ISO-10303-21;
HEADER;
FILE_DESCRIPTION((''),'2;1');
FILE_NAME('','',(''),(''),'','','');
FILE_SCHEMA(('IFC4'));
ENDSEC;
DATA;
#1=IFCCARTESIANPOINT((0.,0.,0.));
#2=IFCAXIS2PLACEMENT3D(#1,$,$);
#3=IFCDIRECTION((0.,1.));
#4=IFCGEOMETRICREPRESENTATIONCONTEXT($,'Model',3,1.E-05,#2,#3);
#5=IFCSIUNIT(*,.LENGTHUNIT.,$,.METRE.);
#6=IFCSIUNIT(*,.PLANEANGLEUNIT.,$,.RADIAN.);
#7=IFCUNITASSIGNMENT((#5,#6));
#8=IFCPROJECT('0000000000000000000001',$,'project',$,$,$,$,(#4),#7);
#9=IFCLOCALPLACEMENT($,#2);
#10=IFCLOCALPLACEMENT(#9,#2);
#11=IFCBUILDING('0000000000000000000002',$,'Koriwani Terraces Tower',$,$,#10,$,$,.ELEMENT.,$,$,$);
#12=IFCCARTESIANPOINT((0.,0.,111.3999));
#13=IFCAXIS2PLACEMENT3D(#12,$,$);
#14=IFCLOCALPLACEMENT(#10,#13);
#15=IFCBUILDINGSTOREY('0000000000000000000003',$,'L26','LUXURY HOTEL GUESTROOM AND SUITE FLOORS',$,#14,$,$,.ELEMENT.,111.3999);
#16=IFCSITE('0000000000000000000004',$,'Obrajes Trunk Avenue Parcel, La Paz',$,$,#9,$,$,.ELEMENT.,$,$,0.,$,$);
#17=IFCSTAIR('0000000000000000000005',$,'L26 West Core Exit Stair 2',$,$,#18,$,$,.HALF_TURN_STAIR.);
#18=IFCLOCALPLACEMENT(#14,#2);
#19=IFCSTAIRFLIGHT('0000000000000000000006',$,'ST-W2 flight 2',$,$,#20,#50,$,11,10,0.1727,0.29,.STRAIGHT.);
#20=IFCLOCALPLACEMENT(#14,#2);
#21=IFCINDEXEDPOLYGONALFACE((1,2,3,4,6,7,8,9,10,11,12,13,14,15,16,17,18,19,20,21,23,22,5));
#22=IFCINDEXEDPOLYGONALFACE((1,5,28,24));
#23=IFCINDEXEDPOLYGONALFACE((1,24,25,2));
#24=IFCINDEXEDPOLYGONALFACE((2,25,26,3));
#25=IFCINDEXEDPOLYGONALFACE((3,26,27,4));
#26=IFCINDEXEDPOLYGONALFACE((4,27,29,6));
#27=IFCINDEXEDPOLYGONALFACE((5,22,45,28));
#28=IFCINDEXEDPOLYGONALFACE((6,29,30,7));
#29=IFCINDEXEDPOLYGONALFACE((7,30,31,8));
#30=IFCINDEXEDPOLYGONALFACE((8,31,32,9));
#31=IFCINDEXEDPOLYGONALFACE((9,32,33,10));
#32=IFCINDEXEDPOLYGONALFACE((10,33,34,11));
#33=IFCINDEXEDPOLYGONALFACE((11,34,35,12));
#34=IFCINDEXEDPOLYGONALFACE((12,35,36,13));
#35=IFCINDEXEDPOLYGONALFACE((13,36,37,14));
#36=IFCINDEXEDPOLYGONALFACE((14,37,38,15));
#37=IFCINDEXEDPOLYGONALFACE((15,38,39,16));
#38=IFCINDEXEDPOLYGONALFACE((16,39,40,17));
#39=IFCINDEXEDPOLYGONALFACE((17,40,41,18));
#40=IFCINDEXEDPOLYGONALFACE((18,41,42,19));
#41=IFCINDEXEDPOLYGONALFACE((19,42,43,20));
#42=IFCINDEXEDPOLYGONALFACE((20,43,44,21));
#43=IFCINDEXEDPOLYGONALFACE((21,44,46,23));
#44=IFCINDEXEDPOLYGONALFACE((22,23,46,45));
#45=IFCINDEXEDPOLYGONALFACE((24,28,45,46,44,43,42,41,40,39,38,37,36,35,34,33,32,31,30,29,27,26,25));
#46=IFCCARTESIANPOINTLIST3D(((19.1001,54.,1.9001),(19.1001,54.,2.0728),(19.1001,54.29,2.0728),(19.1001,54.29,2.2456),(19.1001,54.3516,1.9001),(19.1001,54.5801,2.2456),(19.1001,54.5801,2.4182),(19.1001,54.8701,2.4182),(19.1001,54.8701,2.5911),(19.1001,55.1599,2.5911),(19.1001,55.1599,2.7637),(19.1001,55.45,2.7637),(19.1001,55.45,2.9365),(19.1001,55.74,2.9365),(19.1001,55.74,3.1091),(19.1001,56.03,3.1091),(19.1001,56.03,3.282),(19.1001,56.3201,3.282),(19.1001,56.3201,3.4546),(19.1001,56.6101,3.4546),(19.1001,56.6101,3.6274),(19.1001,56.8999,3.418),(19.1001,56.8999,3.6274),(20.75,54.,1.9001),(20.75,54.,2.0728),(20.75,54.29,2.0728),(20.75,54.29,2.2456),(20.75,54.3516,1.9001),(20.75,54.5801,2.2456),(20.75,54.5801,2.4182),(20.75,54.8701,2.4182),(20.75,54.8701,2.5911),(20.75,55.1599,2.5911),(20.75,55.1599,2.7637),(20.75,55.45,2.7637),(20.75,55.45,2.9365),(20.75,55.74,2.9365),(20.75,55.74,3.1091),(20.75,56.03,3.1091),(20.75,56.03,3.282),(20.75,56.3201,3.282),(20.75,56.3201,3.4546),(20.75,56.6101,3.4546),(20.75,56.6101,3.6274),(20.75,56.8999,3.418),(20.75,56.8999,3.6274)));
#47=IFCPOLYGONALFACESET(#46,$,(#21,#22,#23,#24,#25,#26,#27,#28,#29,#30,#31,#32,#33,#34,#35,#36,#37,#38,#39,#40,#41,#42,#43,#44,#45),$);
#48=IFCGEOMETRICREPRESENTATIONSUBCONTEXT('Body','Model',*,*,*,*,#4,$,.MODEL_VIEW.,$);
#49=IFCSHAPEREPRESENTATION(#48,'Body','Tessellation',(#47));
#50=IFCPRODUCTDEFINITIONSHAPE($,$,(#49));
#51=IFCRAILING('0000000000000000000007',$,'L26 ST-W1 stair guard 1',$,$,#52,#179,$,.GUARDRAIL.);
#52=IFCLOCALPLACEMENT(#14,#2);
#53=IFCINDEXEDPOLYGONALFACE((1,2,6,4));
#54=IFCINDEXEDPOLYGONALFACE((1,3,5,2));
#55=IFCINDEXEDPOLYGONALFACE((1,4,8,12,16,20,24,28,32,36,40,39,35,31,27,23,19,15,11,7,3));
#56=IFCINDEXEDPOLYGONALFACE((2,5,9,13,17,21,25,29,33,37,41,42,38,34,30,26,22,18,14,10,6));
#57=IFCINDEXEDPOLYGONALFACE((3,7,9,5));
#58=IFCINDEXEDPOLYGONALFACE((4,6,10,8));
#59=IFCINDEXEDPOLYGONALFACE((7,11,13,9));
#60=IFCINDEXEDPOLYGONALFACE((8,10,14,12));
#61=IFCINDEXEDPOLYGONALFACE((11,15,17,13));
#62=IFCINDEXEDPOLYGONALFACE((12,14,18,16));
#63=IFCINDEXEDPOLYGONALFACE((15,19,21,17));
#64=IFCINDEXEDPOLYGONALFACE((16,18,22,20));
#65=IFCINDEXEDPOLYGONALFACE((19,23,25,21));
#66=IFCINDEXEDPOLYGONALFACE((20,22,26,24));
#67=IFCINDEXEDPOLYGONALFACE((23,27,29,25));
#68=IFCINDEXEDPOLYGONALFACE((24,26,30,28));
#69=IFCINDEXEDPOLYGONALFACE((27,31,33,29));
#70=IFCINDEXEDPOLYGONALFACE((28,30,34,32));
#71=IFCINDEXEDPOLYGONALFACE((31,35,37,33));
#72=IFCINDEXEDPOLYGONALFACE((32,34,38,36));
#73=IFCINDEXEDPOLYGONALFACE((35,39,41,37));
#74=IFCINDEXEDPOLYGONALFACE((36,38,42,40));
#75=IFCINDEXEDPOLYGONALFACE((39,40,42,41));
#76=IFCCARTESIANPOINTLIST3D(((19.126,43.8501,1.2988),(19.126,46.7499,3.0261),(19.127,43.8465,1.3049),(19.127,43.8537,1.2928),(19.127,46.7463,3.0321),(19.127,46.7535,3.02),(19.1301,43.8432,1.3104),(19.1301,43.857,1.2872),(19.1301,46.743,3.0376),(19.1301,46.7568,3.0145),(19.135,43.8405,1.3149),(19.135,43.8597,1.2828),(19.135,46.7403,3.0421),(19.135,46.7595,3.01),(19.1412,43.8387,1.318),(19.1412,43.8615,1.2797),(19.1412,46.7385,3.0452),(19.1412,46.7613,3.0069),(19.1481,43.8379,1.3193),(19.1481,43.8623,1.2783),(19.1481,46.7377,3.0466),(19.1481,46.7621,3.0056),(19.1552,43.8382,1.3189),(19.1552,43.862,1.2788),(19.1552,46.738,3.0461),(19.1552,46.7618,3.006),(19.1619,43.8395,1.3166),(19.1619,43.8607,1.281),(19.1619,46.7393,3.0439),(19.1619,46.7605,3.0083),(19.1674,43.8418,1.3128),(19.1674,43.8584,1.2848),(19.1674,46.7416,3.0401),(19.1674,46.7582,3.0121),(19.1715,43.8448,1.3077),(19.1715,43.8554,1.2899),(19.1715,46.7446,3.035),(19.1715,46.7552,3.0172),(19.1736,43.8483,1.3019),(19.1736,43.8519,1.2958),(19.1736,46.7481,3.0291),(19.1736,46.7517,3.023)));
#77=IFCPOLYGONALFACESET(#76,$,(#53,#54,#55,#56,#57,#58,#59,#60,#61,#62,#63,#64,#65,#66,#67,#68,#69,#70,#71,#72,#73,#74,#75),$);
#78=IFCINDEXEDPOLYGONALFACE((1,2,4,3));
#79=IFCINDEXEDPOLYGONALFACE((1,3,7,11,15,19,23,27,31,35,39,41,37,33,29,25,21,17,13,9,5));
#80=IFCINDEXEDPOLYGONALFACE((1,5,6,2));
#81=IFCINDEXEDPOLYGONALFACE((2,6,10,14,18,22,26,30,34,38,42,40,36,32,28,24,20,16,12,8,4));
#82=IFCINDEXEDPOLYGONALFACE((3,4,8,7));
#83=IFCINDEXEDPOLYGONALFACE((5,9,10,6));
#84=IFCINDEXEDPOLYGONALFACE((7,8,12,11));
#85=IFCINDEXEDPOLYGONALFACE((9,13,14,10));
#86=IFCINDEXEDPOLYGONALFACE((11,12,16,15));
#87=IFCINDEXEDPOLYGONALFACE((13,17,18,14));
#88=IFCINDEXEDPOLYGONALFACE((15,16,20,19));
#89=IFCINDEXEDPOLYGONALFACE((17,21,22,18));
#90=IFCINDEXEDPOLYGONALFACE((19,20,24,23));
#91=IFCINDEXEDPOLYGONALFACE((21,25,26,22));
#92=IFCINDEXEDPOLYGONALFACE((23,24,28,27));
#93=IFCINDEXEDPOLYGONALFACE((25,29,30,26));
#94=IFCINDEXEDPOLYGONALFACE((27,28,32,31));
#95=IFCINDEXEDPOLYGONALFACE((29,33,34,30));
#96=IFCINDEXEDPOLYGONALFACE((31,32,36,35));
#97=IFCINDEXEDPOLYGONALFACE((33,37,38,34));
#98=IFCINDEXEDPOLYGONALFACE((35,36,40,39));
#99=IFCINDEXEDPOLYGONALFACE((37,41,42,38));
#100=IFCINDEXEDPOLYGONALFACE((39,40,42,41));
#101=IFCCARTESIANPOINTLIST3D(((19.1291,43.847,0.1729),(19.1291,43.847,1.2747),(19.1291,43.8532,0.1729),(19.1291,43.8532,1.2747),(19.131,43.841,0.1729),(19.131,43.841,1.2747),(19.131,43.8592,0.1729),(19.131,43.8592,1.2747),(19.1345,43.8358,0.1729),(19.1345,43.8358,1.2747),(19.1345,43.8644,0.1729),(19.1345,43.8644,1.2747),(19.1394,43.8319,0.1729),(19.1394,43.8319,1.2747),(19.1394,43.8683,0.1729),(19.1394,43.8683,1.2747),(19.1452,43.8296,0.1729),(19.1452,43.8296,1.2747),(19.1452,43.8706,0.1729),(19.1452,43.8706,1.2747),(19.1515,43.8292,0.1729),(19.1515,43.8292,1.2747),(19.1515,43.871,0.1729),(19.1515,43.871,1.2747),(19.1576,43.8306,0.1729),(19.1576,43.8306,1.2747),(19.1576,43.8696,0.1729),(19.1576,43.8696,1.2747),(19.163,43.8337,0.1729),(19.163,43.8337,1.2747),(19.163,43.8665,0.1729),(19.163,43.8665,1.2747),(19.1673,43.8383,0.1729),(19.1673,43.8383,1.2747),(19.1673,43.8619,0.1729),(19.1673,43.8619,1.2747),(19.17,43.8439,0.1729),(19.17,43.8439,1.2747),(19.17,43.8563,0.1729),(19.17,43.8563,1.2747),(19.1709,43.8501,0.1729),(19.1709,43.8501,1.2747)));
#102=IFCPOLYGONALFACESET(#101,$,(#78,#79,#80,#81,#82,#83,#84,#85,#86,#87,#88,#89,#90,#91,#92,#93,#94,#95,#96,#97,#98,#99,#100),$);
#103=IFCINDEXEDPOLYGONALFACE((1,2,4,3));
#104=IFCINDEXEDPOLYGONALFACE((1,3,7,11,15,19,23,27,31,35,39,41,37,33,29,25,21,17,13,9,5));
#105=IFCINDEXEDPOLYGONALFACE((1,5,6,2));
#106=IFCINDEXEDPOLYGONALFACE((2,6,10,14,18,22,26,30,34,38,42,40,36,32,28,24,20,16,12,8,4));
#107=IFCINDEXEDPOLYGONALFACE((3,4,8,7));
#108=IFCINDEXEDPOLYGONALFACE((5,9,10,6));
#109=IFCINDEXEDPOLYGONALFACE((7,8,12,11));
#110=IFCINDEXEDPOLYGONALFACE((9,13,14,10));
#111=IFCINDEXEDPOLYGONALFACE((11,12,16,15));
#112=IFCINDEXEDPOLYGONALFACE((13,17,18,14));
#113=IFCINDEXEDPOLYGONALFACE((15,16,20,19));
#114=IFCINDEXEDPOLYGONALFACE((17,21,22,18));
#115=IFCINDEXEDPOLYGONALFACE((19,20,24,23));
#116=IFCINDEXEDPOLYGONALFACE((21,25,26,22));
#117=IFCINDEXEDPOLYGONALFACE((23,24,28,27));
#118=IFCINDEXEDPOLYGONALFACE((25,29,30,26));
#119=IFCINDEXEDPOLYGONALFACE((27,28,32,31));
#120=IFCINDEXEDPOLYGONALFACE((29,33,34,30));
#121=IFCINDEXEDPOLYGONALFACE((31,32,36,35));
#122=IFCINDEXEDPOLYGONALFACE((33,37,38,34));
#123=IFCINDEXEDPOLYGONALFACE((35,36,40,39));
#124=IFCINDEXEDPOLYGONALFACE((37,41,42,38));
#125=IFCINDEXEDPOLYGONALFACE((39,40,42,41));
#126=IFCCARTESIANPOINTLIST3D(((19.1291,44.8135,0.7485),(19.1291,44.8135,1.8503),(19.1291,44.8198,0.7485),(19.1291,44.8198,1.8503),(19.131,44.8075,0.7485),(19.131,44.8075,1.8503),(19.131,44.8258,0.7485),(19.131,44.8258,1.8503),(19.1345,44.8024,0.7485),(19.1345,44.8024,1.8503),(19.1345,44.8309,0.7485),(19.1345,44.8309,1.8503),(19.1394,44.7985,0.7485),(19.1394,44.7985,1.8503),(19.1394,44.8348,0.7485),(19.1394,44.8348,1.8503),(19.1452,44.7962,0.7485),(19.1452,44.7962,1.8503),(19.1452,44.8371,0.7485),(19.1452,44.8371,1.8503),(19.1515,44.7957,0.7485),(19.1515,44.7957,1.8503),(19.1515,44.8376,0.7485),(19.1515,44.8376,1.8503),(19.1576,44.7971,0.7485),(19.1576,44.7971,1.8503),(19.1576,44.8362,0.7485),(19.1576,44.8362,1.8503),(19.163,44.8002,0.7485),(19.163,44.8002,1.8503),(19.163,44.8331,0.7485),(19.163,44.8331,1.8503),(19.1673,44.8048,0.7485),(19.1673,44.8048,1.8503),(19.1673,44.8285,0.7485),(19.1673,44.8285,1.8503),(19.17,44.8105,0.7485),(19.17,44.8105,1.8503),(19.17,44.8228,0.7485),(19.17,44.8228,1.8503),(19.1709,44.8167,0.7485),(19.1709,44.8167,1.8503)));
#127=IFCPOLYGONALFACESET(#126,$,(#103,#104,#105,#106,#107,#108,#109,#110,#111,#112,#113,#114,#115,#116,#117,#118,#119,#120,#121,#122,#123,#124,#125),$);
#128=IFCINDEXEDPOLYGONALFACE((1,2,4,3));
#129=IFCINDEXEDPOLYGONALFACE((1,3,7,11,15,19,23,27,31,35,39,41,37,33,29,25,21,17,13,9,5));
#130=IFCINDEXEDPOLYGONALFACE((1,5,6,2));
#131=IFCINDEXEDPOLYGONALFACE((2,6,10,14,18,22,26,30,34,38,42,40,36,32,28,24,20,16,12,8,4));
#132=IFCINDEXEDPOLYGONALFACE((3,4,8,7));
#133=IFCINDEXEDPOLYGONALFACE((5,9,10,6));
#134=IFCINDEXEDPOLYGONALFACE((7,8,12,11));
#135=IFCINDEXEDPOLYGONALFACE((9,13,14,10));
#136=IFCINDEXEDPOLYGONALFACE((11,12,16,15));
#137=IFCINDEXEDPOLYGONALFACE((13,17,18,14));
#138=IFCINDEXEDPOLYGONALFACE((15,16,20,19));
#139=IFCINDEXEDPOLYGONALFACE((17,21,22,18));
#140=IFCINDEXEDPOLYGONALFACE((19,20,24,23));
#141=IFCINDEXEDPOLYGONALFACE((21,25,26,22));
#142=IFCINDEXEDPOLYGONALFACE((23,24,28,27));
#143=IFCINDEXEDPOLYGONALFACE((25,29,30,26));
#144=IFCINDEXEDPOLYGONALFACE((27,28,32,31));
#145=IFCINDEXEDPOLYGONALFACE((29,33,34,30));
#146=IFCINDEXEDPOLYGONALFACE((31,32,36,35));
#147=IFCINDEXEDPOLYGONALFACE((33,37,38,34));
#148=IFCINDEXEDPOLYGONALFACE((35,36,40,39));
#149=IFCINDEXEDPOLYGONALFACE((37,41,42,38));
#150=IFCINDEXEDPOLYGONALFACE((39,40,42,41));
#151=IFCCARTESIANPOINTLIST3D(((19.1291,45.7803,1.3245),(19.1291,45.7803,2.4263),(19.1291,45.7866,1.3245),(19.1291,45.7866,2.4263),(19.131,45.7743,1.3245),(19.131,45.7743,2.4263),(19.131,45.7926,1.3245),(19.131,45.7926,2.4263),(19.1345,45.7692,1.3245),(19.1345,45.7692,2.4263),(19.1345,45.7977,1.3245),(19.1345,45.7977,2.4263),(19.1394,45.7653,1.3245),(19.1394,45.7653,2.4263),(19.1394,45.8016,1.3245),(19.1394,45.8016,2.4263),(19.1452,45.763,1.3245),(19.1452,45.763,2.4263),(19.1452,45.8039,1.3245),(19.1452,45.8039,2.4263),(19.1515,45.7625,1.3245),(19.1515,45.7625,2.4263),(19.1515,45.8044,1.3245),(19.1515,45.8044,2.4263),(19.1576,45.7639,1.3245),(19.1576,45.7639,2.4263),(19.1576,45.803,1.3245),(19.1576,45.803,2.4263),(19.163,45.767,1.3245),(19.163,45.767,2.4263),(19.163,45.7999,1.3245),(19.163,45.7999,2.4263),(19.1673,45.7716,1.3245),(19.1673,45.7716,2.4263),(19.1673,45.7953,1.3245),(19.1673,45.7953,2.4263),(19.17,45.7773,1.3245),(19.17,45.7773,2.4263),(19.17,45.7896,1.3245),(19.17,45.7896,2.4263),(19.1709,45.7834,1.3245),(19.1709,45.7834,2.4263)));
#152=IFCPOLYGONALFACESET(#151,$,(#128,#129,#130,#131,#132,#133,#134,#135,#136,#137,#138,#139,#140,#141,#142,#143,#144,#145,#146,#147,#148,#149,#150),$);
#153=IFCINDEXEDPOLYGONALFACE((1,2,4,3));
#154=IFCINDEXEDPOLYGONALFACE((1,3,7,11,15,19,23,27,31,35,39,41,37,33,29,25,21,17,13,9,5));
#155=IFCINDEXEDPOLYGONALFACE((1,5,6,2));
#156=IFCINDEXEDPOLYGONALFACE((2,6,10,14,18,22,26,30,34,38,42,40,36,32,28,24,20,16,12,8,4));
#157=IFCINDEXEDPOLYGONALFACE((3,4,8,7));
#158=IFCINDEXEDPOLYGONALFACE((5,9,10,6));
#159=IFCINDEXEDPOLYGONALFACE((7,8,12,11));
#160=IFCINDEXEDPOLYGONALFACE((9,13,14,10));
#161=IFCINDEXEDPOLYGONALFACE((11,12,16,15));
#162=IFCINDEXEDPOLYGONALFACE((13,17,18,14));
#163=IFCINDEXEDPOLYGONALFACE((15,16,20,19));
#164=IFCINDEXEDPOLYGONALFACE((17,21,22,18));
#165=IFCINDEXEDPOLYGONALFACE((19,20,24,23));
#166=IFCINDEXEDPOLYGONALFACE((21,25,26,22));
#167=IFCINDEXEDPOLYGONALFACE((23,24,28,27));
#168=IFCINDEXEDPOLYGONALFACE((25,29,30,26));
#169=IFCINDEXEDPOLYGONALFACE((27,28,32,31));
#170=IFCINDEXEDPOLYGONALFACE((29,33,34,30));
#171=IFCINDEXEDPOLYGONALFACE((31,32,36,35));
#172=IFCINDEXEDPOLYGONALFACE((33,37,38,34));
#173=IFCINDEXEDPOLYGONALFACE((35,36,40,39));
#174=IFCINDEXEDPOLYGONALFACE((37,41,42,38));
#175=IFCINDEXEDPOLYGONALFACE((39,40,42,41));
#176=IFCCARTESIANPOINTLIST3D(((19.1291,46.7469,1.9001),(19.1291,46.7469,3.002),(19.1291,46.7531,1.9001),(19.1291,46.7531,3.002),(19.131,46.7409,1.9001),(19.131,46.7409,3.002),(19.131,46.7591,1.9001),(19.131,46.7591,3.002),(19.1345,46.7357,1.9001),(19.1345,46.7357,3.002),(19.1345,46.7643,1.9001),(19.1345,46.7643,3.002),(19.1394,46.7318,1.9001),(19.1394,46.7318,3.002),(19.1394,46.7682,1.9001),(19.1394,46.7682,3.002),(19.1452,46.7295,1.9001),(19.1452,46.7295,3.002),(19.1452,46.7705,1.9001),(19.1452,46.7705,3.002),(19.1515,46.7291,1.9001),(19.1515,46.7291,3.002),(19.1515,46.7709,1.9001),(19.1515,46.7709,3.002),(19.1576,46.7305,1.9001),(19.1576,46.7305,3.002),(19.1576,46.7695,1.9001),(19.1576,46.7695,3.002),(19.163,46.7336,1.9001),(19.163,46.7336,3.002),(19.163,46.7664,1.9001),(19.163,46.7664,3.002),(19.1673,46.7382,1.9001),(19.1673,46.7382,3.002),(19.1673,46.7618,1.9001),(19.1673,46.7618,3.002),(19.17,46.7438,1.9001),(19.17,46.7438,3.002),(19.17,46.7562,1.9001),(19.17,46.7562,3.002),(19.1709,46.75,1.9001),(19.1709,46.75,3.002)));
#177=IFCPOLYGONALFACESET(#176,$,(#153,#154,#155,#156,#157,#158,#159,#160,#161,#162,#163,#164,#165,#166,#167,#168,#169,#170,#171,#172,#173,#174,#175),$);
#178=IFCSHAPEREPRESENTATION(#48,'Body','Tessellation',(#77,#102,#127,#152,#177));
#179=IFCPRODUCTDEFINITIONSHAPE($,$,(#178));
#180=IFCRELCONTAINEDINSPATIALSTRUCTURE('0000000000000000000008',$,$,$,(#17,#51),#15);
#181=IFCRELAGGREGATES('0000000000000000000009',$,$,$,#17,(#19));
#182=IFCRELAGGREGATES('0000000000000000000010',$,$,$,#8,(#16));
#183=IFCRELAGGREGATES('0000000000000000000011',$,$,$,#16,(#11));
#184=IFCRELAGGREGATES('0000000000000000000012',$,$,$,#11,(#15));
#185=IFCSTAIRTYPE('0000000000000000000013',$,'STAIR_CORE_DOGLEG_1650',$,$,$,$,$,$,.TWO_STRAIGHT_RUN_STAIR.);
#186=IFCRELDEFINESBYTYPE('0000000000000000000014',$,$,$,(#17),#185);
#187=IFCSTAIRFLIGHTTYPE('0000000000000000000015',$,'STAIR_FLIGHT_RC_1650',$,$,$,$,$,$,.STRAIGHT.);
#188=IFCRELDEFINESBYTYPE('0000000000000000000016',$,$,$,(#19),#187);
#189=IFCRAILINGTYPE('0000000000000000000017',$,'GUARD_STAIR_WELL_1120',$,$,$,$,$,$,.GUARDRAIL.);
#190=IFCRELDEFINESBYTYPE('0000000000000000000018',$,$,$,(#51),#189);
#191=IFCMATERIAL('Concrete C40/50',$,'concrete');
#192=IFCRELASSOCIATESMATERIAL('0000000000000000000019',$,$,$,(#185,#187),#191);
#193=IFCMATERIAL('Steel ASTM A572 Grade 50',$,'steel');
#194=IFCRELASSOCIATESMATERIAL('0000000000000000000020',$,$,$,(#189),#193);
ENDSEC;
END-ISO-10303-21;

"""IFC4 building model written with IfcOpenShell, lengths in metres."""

from ifc_helpers import new_model, si_unit, direction, frame, origin, origin_2d, place, context, subcontext, project, spatial, polyline, circle, outline, extrude, material, type_object, element, aggregate, save


model = new_model("IFC4")

# Units and contexts
model_context = context("Model", 3, precision=1e-05, world=origin(), true_north=direction((0.0, 1.0)))
body_context = subcontext(model_context, "Body", "Model", "MODEL_VIEW")
ifc_project = project(units=[si_unit("LENGTHUNIT", "METRE"), si_unit("PLANEANGLEUNIT", "RADIAN")], contexts=[model_context])

# Site, building, storey
site_placement = place(None, origin())
site = spatial("IfcSite", under=ifc_project, at=site_placement, Name="Obrajes Trunk Avenue Parcel, La Paz", CompositionType="ELEMENT", RefElevation=0.0)
building_placement = place(site_placement, origin())
building = spatial("IfcBuilding", under=site, at=building_placement, Name="Koriwani Terraces Tower", CompositionType="ELEMENT")
storey_placement = place(building_placement, frame((0.0, 0.0, 111.3999)))
storey = spatial("IfcBuildingStorey", under=building, at=storey_placement, Name="L26", Description="LUXURY HOTEL GUESTROOM AND SUITE FLOORS", CompositionType="ELEMENT", Elevation=111.3999)

# Shared definitions
ifc_material_1 = material(Name="Steel ASTM A572 Grade 50", Category="steel")

# Shared definitions
ifc_material_2 = material(Name="Concrete C40/50", Category="concrete")

# Shared definitions
stair_type = type_object("IfcStairType", Name="STAIR_CORE_DOGLEG_1650", PredefinedType="TWO_STRAIGHT_RUN_STAIR", material=ifc_material_2)
stair_flight_type = type_object("IfcStairFlightType", Name="STAIR_FLIGHT_RC_1650", PredefinedType="STRAIGHT", material=ifc_material_2)

# Stair, stair flight
stair_1_placement = place(storey_placement, origin())
stair_1 = element("IfcStair", 1, at=stair_1_placement, inside=storey, type_object=stair_type, Name="L26 West Core Exit Stair 2", PredefinedType="HALF_TURN_STAIR")
stair_flight_1_placement = place(storey_placement, frame((19.925, 54.0, 1.9001), z_axis=(0.0, 0.0, 1.0), x_axis=(0.0, 1.0, 0.0)))
stair_flight_1 = element("IfcStairFlight", 2, at=stair_flight_1_placement, type_object=stair_flight_type, Name="ST-W2 flight 2", NumberOfRisers=11, NumberOfTreads=10, PredefinedType="STRAIGHT", RiserHeight=0.1727, TreadLength=0.29, context=body_context, shape_type="SweptSolid", body=[
    extrude(outline(polyline([(0.0, 0.0), (0.0, 0.1726), (0.29, 0.1726), (0.29, 0.3455), (0.5801, 0.3455), (0.5801, 0.5181), (0.8701, 0.5181), (0.8701, 0.6909), (1.1599, 0.6909), (1.1599, 0.8635), (1.45, 0.8635), (1.45, 1.0364), (1.74, 1.0364), (1.74, 1.209), (2.03, 1.209), (2.03, 1.3818), (2.3201, 1.3818), (2.3201, 1.5544), (2.6101, 1.5544), (2.6101, 1.7273), (2.8999, 1.7273), (2.8999, 1.8999), (2.8999, 1.5178), (0.3516, 0.0), (0.0, 0.0)])), frame((0.0, 0.825, 0.0), z_axis=(0.0, -1.0, 0.0), x_axis=(1.0, 0.0, 0.0)), (0.0, 0.0, 1.0), 1.6499),
])
aggregate(stair_1, [stair_flight_1])

# Railing
railing_type_1 = type_object("IfcRailingType", Name="GUARD_STAIR_WELL_1120", PredefinedType="GUARDRAIL", material=ifc_material_1)
railing_1_placement = place(storey_placement, frame((19.1499, 43.8501, 0.1729)))
element("IfcRailing", 3, at=railing_1_placement, inside=storey, type_object=railing_type_1, Name="L26 ST-W1 stair guard 1", PredefinedType="GUARDRAIL", context=body_context, shape_type="SweptSolid", body=[
    extrude(circle(Radius=0.0239, at=origin_2d()), frame((0.0, 0.0, 1.126), z_axis=(0.0, 0.859141, 0.511738), x_axis=(-1.0, 0.0, 0.0)), (0.0, 0.0, 1.0), 3.3752),
    extrude(circle(Radius=0.021, at=origin_2d()), origin(), (0.0, 0.0, 1.0), 1.1018),
    extrude(circle(Radius=0.021, at=origin_2d()), frame((0.0, 0.9666, 0.5757)), (0.0, 0.0, 1.0), 1.1018),
    extrude(circle(Radius=0.021, at=origin_2d()), frame((0.0, 1.9333, 1.1516)), (0.0, 0.0, 1.0), 1.1018),
    extrude(circle(Radius=0.021, at=origin_2d()), frame((0.0, 2.8999, 1.7273)), (0.0, 0.0, 1.0), 1.1018),
])

save(model, "model.ifc")
